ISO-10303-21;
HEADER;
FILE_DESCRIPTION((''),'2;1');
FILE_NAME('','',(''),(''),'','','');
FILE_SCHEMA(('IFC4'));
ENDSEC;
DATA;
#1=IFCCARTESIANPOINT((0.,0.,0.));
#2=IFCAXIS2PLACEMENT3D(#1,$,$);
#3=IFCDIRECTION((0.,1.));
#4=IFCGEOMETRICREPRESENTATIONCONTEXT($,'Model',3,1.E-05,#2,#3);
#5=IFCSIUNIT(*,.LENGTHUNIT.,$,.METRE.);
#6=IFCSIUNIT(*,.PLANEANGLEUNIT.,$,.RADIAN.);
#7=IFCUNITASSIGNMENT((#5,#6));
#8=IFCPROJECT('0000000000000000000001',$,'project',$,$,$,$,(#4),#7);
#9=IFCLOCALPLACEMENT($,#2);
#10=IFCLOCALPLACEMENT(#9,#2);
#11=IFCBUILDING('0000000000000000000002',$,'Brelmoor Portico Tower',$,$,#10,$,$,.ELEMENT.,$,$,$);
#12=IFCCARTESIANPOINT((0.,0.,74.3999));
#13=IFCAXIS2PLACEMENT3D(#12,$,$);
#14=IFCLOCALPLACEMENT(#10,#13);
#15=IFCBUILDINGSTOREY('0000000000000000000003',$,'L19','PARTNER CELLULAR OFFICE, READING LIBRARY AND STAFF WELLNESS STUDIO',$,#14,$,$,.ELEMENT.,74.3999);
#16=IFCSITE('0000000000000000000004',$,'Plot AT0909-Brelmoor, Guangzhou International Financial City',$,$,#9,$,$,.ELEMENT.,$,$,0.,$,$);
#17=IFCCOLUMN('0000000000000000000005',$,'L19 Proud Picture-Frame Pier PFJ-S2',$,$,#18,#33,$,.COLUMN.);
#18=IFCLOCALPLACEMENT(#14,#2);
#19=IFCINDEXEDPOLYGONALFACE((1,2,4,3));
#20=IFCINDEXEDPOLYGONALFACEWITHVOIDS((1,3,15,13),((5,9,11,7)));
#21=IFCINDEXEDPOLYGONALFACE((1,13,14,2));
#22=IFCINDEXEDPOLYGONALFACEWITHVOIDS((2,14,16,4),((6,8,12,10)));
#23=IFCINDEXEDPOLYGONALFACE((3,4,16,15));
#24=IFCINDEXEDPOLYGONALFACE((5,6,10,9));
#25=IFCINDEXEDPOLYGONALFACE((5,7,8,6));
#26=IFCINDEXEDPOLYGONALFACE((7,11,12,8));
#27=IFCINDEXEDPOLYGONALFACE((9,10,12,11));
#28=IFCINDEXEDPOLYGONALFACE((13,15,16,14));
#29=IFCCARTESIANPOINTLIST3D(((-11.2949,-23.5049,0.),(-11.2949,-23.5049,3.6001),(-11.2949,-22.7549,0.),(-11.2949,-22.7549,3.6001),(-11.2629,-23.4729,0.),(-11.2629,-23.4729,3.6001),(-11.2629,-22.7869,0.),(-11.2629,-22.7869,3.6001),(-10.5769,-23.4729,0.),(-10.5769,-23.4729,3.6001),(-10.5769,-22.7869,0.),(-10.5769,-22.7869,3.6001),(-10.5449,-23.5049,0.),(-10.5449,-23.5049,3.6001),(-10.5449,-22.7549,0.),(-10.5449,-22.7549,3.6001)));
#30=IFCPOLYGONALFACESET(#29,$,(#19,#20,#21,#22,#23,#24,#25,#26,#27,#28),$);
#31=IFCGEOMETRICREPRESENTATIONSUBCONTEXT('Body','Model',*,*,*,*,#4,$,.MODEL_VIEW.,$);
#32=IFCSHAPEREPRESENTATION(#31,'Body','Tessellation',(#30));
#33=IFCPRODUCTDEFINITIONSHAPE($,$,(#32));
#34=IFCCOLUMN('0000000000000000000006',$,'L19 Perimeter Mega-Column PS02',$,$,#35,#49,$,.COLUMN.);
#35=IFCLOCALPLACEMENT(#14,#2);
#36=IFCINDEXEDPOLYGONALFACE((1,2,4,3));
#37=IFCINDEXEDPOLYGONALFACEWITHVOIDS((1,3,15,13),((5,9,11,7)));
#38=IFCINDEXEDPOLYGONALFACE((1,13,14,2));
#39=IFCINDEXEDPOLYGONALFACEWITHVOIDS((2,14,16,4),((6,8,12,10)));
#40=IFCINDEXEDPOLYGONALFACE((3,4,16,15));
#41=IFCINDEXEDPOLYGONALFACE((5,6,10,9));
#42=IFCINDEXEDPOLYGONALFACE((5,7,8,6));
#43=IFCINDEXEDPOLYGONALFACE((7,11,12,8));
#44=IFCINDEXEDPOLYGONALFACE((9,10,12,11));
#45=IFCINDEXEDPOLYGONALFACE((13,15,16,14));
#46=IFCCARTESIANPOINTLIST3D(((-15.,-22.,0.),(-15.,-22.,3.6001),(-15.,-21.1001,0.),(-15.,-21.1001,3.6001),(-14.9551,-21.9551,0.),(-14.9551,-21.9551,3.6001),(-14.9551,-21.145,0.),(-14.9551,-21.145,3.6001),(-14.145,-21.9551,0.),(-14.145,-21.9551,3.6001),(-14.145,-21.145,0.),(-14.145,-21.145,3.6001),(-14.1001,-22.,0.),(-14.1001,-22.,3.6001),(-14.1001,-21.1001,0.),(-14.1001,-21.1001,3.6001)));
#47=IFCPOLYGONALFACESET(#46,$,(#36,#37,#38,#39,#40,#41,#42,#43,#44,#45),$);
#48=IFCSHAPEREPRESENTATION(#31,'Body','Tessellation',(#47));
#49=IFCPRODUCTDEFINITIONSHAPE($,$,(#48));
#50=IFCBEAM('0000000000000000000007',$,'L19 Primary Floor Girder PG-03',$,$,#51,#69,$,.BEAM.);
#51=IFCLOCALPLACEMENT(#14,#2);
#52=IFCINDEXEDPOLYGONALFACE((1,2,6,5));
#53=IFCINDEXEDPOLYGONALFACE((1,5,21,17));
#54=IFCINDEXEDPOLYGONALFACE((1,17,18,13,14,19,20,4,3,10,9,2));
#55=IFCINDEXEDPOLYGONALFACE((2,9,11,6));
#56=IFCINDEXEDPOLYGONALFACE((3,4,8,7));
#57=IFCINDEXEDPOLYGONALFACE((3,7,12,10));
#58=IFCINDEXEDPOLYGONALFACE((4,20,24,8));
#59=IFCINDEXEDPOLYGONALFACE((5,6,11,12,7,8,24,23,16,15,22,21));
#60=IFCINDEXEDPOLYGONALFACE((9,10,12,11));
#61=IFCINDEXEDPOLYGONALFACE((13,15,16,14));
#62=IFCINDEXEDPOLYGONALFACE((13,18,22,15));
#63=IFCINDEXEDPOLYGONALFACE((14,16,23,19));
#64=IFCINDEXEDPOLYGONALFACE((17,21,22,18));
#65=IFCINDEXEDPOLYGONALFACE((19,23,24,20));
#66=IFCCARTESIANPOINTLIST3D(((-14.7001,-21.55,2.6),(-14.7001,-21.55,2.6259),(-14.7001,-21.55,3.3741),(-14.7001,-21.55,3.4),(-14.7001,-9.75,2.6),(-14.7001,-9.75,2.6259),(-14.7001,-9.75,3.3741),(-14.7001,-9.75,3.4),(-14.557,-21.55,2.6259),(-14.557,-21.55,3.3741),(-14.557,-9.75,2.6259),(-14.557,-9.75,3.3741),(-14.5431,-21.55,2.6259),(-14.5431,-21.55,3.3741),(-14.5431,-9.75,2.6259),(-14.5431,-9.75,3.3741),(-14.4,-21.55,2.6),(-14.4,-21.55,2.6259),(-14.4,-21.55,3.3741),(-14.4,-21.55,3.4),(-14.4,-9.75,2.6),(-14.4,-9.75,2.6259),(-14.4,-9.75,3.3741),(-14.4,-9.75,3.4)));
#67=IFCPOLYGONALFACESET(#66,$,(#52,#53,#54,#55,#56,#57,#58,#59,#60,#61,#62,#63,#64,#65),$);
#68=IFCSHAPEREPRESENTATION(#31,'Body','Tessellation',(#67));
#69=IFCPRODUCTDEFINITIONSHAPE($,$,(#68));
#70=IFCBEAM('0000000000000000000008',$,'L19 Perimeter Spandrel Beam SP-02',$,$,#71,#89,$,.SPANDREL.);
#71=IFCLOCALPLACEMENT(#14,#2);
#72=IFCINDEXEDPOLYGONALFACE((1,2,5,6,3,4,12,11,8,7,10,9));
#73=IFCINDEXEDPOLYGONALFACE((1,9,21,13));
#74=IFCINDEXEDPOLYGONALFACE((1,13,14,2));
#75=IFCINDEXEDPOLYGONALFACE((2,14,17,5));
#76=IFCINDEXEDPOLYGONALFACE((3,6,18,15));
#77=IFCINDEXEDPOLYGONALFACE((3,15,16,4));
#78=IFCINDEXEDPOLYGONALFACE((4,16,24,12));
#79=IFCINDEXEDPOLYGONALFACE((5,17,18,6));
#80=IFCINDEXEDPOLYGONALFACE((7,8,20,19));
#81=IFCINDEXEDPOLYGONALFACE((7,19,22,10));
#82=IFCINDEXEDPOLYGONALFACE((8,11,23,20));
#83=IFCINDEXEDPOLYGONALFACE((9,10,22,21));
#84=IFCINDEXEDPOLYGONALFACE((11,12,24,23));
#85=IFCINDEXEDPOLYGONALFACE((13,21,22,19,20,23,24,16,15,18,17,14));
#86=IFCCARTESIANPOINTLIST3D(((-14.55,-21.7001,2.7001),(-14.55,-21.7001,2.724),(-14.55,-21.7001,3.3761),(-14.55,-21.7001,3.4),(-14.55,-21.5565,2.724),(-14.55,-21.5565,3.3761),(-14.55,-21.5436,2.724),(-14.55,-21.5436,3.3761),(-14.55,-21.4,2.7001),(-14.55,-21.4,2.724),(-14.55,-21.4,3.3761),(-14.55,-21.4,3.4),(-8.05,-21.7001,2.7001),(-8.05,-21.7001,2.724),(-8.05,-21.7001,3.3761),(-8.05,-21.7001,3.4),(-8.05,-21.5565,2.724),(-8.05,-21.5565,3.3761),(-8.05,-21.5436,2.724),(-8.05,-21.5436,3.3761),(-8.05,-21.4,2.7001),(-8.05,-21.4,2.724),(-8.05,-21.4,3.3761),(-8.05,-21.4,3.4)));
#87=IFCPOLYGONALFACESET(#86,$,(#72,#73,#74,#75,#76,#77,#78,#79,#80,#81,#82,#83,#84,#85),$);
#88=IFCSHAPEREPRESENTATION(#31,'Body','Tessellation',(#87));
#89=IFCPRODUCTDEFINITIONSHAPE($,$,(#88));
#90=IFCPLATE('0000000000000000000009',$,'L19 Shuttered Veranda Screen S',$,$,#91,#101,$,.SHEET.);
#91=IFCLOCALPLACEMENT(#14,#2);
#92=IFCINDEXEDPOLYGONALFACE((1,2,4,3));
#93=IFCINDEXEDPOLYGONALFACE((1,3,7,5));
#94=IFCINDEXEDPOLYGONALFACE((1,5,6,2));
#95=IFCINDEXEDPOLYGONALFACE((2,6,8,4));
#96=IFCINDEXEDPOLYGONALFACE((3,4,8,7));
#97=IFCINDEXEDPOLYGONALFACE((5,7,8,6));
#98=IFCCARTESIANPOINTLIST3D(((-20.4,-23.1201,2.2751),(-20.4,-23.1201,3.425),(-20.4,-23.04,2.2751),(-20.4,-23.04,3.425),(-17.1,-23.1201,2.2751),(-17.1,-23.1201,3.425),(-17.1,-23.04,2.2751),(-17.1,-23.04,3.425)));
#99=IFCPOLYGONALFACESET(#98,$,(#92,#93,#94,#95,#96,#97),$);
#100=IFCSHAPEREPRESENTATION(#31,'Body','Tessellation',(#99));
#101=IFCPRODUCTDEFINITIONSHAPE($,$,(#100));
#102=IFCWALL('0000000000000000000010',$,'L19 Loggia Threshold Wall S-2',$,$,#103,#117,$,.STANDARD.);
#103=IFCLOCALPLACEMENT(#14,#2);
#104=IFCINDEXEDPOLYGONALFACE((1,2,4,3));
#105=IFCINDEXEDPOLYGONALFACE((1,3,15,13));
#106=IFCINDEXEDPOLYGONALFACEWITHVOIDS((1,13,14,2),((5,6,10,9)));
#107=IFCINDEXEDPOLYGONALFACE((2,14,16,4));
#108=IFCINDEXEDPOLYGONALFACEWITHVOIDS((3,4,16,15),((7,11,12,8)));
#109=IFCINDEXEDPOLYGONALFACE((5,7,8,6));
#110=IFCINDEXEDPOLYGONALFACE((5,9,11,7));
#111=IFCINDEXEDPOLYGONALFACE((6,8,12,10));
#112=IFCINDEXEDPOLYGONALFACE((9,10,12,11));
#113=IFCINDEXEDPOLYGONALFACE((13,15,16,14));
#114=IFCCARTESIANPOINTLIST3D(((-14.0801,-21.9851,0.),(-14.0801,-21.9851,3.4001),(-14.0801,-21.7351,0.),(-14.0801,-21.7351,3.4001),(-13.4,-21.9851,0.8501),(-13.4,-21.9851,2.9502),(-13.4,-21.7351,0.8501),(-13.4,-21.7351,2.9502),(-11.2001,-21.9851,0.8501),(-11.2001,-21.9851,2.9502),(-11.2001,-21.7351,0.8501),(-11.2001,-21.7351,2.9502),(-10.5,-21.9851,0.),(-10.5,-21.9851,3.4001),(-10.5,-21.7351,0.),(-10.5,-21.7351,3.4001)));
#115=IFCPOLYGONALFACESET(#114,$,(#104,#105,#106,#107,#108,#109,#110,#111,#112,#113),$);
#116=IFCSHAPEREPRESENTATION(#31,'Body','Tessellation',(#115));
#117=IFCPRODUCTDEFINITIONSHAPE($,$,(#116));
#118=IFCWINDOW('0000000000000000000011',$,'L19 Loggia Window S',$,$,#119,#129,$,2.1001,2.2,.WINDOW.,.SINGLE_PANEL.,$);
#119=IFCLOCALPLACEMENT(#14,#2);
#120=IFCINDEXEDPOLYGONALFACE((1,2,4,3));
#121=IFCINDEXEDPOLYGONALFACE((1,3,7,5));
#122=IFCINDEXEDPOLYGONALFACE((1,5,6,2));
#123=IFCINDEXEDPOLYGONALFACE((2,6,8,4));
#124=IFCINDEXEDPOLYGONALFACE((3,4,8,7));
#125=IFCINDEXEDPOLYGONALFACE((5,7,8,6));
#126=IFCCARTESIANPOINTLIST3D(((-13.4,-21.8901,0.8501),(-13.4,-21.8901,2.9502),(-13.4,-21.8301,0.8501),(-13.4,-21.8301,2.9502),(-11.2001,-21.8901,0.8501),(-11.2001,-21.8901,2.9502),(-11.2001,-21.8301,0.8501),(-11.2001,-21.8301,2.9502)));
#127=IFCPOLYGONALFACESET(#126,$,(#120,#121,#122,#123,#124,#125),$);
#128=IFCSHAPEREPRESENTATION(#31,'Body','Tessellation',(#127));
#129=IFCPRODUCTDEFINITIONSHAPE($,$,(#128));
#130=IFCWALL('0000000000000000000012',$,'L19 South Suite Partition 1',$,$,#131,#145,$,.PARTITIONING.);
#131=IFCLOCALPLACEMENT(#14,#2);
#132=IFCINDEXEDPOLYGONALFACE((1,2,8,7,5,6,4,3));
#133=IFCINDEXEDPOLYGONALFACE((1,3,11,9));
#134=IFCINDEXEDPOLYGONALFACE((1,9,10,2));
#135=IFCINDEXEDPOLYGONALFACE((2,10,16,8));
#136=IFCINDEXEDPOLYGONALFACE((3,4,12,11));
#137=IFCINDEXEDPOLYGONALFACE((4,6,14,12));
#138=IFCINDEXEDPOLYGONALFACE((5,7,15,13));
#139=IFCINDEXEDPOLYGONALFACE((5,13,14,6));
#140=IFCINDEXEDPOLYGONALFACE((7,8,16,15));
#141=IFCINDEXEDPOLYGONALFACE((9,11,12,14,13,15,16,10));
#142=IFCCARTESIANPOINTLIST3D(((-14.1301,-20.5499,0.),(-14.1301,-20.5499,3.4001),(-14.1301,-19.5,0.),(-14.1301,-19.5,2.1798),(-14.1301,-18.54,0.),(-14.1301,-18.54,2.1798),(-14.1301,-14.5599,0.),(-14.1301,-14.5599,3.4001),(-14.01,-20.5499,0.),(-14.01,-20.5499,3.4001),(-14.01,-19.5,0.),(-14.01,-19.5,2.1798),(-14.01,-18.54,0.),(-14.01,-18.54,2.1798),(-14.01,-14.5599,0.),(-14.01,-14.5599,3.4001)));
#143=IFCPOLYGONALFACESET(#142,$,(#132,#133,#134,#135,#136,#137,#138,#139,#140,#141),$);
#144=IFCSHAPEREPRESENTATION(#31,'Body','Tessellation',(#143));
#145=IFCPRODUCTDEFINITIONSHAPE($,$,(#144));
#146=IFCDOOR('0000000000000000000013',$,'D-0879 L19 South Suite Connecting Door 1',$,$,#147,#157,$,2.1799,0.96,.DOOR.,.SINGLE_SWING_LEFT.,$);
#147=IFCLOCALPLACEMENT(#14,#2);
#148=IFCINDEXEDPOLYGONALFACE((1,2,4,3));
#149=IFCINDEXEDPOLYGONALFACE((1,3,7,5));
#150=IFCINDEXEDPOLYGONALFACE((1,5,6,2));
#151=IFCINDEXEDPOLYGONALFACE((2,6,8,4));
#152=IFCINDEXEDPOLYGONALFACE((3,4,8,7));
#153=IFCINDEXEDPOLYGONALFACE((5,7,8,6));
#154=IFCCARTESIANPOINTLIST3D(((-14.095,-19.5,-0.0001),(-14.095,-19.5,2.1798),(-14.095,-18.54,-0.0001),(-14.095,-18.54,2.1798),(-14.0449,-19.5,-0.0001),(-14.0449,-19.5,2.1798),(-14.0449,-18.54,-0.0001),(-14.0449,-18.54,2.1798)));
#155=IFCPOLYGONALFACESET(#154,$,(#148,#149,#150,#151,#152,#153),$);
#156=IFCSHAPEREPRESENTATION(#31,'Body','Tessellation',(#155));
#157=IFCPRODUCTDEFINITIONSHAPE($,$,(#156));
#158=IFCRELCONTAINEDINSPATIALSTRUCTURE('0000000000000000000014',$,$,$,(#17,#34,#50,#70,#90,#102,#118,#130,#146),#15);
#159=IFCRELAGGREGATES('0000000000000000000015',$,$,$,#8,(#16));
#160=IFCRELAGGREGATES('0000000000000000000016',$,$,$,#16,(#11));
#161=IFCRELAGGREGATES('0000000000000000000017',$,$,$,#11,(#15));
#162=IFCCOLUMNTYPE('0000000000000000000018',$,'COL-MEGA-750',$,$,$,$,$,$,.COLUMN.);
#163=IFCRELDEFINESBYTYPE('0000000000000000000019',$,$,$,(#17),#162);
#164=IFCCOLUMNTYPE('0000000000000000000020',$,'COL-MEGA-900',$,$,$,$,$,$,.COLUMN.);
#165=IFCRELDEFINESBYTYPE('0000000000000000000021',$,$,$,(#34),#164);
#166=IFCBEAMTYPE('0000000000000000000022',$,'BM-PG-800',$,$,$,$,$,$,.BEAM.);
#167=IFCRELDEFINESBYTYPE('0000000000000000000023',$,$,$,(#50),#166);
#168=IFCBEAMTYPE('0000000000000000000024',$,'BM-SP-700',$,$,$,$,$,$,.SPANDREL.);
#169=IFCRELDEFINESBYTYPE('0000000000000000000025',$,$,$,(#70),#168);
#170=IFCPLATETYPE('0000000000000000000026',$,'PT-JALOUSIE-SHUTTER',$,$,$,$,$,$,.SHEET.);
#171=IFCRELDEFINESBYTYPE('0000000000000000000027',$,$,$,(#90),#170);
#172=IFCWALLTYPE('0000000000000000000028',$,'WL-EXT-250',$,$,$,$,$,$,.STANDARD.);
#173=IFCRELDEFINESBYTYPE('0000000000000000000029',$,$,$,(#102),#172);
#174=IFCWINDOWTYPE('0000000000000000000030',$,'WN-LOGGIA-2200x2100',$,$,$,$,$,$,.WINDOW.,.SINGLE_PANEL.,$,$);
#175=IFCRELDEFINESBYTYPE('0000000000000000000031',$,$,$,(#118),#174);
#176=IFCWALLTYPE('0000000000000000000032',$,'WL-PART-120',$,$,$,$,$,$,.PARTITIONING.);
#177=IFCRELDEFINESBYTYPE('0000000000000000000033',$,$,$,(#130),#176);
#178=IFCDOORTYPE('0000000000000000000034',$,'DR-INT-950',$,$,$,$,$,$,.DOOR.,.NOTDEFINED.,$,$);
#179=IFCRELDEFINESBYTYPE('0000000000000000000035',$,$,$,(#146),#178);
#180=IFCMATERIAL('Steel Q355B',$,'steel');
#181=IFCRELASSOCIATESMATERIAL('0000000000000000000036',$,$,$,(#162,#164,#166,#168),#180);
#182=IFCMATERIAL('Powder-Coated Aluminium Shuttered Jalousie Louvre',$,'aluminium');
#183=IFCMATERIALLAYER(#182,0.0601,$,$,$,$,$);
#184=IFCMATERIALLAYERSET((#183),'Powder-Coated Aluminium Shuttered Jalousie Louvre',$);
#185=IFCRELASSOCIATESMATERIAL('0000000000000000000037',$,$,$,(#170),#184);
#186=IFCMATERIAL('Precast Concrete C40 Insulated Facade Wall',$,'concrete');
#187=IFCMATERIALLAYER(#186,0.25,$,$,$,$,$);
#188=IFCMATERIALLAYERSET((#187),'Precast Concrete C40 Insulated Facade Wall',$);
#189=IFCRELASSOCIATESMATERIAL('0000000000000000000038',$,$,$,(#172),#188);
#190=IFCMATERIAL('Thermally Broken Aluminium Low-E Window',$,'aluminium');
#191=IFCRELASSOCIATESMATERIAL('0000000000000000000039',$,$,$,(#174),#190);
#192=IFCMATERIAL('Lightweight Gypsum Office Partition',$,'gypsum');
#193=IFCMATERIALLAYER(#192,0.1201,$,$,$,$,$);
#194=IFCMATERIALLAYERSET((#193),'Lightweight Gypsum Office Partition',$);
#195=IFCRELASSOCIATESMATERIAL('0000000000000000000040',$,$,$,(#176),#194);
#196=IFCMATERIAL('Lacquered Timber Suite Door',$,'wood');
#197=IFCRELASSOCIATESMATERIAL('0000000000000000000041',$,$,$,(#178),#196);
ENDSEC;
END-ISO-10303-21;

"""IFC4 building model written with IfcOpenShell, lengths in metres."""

from ifc_helpers import new_model, si_unit, direction, frame, frame_2d, origin, origin_2d, place, context, subcontext, project, spatial, rectangle, hollow_rectangle, i_section, extrude, material, layer, layer_set, material_profile, profile_set, type_object, element, fill, save


model = new_model("IFC4")

# Units and contexts
model_context = context("Model", 3, precision=1e-05, world=origin(), true_north=direction((0.0, 1.0)))
body_context = subcontext(model_context, "Body", "Model", "MODEL_VIEW")
ifc_project = project(units=[si_unit("LENGTHUNIT", "METRE"), si_unit("PLANEANGLEUNIT", "RADIAN")], contexts=[model_context])

# Site, building, storey
site_placement = place(None, origin())
site = spatial("IfcSite", under=ifc_project, at=site_placement, Name="Plot AT0909-Brelmoor, Guangzhou International Financial City", CompositionType="ELEMENT", RefElevation=0.0)
building_placement = place(site_placement, origin())
building = spatial("IfcBuilding", under=site, at=building_placement, Name="Brelmoor Portico Tower", CompositionType="ELEMENT")
storey_placement = place(building_placement, frame((0.0, 0.0, 74.3999)))
storey = spatial("IfcBuildingStorey", under=building, at=storey_placement, Name="L19", Description="PARTNER CELLULAR OFFICE, READING LIBRARY AND STAFF WELLNESS STUDIO", CompositionType="ELEMENT", Elevation=74.3999)

# Columns
ifc_material_1 = material(Name="Steel Q355B", Category="steel")
ifc_material_profile_1 = material_profile(ifc_material_1, hollow_rectangle(XDim=0.75, YDim=0.75, WallThickness=0.032, at=origin_2d()), Name="BOX 750x750x32")
ifc_profile_set_1 = profile_set([ifc_material_profile_1], Name="Steel Q355B")
column_type_1 = type_object("IfcColumnType", Name="COL-MEGA-750", PredefinedType="COLUMN", material=ifc_profile_set_1)
column_1_placement = place(storey_placement, frame((-10.9199, -23.1299, 0.0), z_axis=(0.0, 0.0, 1.0), x_axis=(1.0, 0.0, 0.0)))
element("IfcColumn", 1, at=column_1_placement, inside=storey, type_object=column_type_1, Name="L19 Proud Picture-Frame Pier PFJ-S2", PredefinedType="COLUMN", context=body_context, shape_type="SweptSolid", body=[
    extrude(hollow_rectangle(XDim=0.75, YDim=0.75, WallThickness=0.032, at=origin_2d()), origin(), (0.0, 0.0, 1.0), 3.6001),
])
ifc_material_profile_2 = material_profile(ifc_material_1, hollow_rectangle(XDim=0.8999, YDim=0.8999, WallThickness=0.0449, at=origin_2d()), Name="BOX 900x900x45")
ifc_profile_set_2 = profile_set([ifc_material_profile_2], Name="Steel Q355B")
column_type_2 = type_object("IfcColumnType", Name="COL-MEGA-900", PredefinedType="COLUMN", material=ifc_profile_set_2)
column_2_placement = place(storey_placement, frame((-14.55, -21.55, 0.0), z_axis=(0.0, 0.0, 1.0), x_axis=(1.0, 0.0, 0.0)))
element("IfcColumn", 2, at=column_2_placement, inside=storey, type_object=column_type_2, Name="L19 Perimeter Mega-Column PS02", PredefinedType="COLUMN", context=body_context, shape_type="SweptSolid", body=[
    extrude(hollow_rectangle(XDim=0.8999, YDim=0.8999, WallThickness=0.0449, at=origin_2d()), origin(), (0.0, 0.0, 1.0), 3.6001),
])

# Beams
ifc_material_profile_3 = material_profile(ifc_material_1, i_section(OverallWidth=0.3, OverallDepth=0.8, WebThickness=0.0139, FlangeThickness=0.0259, at=origin_2d()), Name="HN 800x300x14x26")
ifc_profile_set_3 = profile_set([ifc_material_profile_3], Name="Steel Q355B")
beam_type_1 = type_object("IfcBeamType", Name="BM-PG-800", PredefinedType="BEAM", material=ifc_profile_set_3)
beam_1_placement = place(storey_placement, frame((-14.55, -21.55, 3.0), z_axis=(0.0, 1.0, 0.0), x_axis=(-1.0, 0.0, 0.0)))
element("IfcBeam", 3, at=beam_1_placement, inside=storey, type_object=beam_type_1, Name="L19 Primary Floor Girder PG-03", PredefinedType="BEAM", context=body_context, shape_type="SweptSolid", body=[
    extrude(i_section(OverallWidth=0.3, OverallDepth=0.8, WebThickness=0.0139, FlangeThickness=0.0259, at=origin_2d()), origin(), (0.0, 0.0, 1.0), 11.8),
])
ifc_material_profile_4 = material_profile(ifc_material_1, i_section(OverallWidth=0.3, OverallDepth=0.7, WebThickness=0.0129, FlangeThickness=0.0239, at=origin_2d()), Name="HN 700x300x13x24")
ifc_profile_set_4 = profile_set([ifc_material_profile_4], Name="Steel Q355B")
beam_type_2 = type_object("IfcBeamType", Name="BM-SP-700", PredefinedType="SPANDREL", material=ifc_profile_set_4)
beam_2_placement = place(storey_placement, frame((-14.55, -21.55, 3.05), z_axis=(1.0, 0.0, 0.0), x_axis=(0.0, 1.0, 0.0)))
element("IfcBeam", 4, at=beam_2_placement, inside=storey, type_object=beam_type_2, Name="L19 Perimeter Spandrel Beam SP-02", PredefinedType="SPANDREL", context=body_context, shape_type="SweptSolid", body=[
    extrude(i_section(OverallWidth=0.3, OverallDepth=0.7, WebThickness=0.0129, FlangeThickness=0.0239, at=origin_2d()), origin(), (0.0, 0.0, 1.0), 6.5),
])

# Plate
ifc_material_2 = material(Name="Powder-Coated Aluminium Shuttered Jalousie Louvre", Category="aluminium")
ifc_layer_1 = layer(ifc_material_2, 0.0601)
ifc_layer_set_1 = layer_set([ifc_layer_1], Name="Powder-Coated Aluminium Shuttered Jalousie Louvre")
plate_type = type_object("IfcPlateType", Name="PT-JALOUSIE-SHUTTER", PredefinedType="SHEET", material=ifc_layer_set_1)
plate_placement = place(storey_placement, frame((-18.75, -23.0801, 2.2751), z_axis=(0.0, 0.0, 1.0), x_axis=(1.0, 0.0, 0.0)))
element("IfcPlate", 5, at=plate_placement, inside=storey, type_object=plate_type, Name="L19 Shuttered Veranda Screen S", PredefinedType="SHEET", context=body_context, shape_type="SweptSolid", body=[
    extrude(rectangle(XDim=3.3, YDim=0.0801, at=origin_2d()), origin(), (0.0, 0.0, 1.0), 1.1499),
])

# Wall, opening, window
ifc_material_3 = material(Name="Precast Concrete C40 Insulated Facade Wall", Category="concrete")
ifc_layer_2 = layer(ifc_material_3, 0.25)
ifc_layer_set_2 = layer_set([ifc_layer_2], Name="Precast Concrete C40 Insulated Facade Wall")
wall_type_1 = type_object("IfcWallType", Name="WL-EXT-250", PredefinedType="STANDARD", material=ifc_layer_set_2)
wall_1_placement = place(storey_placement, frame((-14.0801, -21.8601, 0.0), z_axis=(0.0, 0.0, 1.0), x_axis=(1.0, 0.0, 0.0)))
wall_1 = element("IfcWall", 6, at=wall_1_placement, inside=storey, type_object=wall_type_1, Name="L19 Loggia Threshold Wall S-2", PredefinedType="STANDARD", context=body_context, shape_type="SweptSolid", body=[
    extrude(rectangle(XDim=3.5801, YDim=0.25, at=frame_2d((1.79, 0.0))), origin(), (0.0, 0.0, 1.0), 3.4001),
])
opening_1_placement = place(wall_1_placement, frame((0.6799, 0.0, 0.8501)))
opening_1 = element("IfcOpeningElement", 7, at=opening_1_placement, cuts=wall_1, PredefinedType="OPENING", context=body_context, shape_type="SweptSolid", body=[
    extrude(rectangle(XDim=2.2, YDim=2.1001, at=frame_2d((1.1001, 1.05))), frame((0.0, 0.135, 0.0), z_axis=(0.0, -1.0, 0.0), x_axis=(1.0, 0.0, 0.0)), (0.0, 0.0, 1.0), 0.27),
])
ifc_material_4 = material(Name="Thermally Broken Aluminium Low-E Window", Category="aluminium")
window_type = type_object("IfcWindowType", Name="WN-LOGGIA-2200x2100", PartitioningType="SINGLE_PANEL", PredefinedType="WINDOW", material=ifc_material_4)
window_placement = place(opening_1_placement, origin())
window = element("IfcWindow", 8, at=window_placement, inside=storey, type_object=window_type, Name="L19 Loggia Window S", OverallHeight=2.1001, OverallWidth=2.2, PartitioningType="SINGLE_PANEL", PredefinedType="WINDOW", context=body_context, shape_type="SweptSolid", body=[
    extrude(rectangle(XDim=2.2, YDim=2.1001, at=frame_2d((1.1001, 1.05))), frame((0.0, 0.03, 0.0), z_axis=(0.0, -1.0, 0.0), x_axis=(1.0, 0.0, 0.0)), (0.0, 0.0, 1.0), 0.0601),
])
fill(opening_1, window)

# Wall, opening, door
ifc_material_5 = material(Name="Lightweight Gypsum Office Partition", Category="gypsum")
ifc_layer_3 = layer(ifc_material_5, 0.1201)
ifc_layer_set_3 = layer_set([ifc_layer_3], Name="Lightweight Gypsum Office Partition")
wall_type_2 = type_object("IfcWallType", Name="WL-PART-120", PredefinedType="PARTITIONING", material=ifc_layer_set_3)
wall_2_placement = place(storey_placement, frame((-14.0701, -20.55, 0.0), z_axis=(0.0, 0.0, 1.0), x_axis=(0.0, 1.0, 0.0)))
wall_2 = element("IfcWall", 9, at=wall_2_placement, inside=storey, type_object=wall_type_2, Name="L19 South Suite Partition 1", PredefinedType="PARTITIONING", context=body_context, shape_type="SweptSolid", body=[
    extrude(rectangle(XDim=5.99, YDim=0.1201, at=frame_2d((2.9951, 0.0))), origin(), (0.0, 0.0, 1.0), 3.4001),
])
opening_2_placement = place(wall_2_placement, frame((1.05, 0.0, 0.0)))
opening_2 = element("IfcOpeningElement", 10, at=opening_2_placement, cuts=wall_2, PredefinedType="OPENING", context=body_context, shape_type="SweptSolid", body=[
    extrude(rectangle(XDim=0.96, YDim=2.1799, at=frame_2d((0.48, 1.0898))), frame((0.0, 0.0701, 0.0), z_axis=(0.0, -1.0, 0.0), x_axis=(1.0, 0.0, 0.0)), (0.0, 0.0, 1.0), 0.1401),
])
ifc_material_6 = material(Name="Lacquered Timber Suite Door", Category="wood")
door_type_1 = type_object("IfcDoorType", Name="DR-INT-950", OperationType="NOTDEFINED", PredefinedType="DOOR", material=ifc_material_6)
door_1_placement = place(opening_2_placement, origin())
door_1 = element("IfcDoor", 11, at=door_1_placement, inside=storey, type_object=door_type_1, Name="D-0879 L19 South Suite Connecting Door 1", OperationType="SINGLE_SWING_LEFT", OverallHeight=2.1799, OverallWidth=0.96, PredefinedType="DOOR", context=body_context, shape_type="SweptSolid", body=[
    extrude(rectangle(XDim=0.96, YDim=2.1799, at=frame_2d((0.48, 1.0898))), frame((0.0, 0.0249, 0.0), z_axis=(0.0, -1.0, 0.0), x_axis=(1.0, 0.0, 0.0)), (0.0, 0.0, 1.0), 0.05),
])
fill(opening_2, door_1)

save(model, "model.ifc")
